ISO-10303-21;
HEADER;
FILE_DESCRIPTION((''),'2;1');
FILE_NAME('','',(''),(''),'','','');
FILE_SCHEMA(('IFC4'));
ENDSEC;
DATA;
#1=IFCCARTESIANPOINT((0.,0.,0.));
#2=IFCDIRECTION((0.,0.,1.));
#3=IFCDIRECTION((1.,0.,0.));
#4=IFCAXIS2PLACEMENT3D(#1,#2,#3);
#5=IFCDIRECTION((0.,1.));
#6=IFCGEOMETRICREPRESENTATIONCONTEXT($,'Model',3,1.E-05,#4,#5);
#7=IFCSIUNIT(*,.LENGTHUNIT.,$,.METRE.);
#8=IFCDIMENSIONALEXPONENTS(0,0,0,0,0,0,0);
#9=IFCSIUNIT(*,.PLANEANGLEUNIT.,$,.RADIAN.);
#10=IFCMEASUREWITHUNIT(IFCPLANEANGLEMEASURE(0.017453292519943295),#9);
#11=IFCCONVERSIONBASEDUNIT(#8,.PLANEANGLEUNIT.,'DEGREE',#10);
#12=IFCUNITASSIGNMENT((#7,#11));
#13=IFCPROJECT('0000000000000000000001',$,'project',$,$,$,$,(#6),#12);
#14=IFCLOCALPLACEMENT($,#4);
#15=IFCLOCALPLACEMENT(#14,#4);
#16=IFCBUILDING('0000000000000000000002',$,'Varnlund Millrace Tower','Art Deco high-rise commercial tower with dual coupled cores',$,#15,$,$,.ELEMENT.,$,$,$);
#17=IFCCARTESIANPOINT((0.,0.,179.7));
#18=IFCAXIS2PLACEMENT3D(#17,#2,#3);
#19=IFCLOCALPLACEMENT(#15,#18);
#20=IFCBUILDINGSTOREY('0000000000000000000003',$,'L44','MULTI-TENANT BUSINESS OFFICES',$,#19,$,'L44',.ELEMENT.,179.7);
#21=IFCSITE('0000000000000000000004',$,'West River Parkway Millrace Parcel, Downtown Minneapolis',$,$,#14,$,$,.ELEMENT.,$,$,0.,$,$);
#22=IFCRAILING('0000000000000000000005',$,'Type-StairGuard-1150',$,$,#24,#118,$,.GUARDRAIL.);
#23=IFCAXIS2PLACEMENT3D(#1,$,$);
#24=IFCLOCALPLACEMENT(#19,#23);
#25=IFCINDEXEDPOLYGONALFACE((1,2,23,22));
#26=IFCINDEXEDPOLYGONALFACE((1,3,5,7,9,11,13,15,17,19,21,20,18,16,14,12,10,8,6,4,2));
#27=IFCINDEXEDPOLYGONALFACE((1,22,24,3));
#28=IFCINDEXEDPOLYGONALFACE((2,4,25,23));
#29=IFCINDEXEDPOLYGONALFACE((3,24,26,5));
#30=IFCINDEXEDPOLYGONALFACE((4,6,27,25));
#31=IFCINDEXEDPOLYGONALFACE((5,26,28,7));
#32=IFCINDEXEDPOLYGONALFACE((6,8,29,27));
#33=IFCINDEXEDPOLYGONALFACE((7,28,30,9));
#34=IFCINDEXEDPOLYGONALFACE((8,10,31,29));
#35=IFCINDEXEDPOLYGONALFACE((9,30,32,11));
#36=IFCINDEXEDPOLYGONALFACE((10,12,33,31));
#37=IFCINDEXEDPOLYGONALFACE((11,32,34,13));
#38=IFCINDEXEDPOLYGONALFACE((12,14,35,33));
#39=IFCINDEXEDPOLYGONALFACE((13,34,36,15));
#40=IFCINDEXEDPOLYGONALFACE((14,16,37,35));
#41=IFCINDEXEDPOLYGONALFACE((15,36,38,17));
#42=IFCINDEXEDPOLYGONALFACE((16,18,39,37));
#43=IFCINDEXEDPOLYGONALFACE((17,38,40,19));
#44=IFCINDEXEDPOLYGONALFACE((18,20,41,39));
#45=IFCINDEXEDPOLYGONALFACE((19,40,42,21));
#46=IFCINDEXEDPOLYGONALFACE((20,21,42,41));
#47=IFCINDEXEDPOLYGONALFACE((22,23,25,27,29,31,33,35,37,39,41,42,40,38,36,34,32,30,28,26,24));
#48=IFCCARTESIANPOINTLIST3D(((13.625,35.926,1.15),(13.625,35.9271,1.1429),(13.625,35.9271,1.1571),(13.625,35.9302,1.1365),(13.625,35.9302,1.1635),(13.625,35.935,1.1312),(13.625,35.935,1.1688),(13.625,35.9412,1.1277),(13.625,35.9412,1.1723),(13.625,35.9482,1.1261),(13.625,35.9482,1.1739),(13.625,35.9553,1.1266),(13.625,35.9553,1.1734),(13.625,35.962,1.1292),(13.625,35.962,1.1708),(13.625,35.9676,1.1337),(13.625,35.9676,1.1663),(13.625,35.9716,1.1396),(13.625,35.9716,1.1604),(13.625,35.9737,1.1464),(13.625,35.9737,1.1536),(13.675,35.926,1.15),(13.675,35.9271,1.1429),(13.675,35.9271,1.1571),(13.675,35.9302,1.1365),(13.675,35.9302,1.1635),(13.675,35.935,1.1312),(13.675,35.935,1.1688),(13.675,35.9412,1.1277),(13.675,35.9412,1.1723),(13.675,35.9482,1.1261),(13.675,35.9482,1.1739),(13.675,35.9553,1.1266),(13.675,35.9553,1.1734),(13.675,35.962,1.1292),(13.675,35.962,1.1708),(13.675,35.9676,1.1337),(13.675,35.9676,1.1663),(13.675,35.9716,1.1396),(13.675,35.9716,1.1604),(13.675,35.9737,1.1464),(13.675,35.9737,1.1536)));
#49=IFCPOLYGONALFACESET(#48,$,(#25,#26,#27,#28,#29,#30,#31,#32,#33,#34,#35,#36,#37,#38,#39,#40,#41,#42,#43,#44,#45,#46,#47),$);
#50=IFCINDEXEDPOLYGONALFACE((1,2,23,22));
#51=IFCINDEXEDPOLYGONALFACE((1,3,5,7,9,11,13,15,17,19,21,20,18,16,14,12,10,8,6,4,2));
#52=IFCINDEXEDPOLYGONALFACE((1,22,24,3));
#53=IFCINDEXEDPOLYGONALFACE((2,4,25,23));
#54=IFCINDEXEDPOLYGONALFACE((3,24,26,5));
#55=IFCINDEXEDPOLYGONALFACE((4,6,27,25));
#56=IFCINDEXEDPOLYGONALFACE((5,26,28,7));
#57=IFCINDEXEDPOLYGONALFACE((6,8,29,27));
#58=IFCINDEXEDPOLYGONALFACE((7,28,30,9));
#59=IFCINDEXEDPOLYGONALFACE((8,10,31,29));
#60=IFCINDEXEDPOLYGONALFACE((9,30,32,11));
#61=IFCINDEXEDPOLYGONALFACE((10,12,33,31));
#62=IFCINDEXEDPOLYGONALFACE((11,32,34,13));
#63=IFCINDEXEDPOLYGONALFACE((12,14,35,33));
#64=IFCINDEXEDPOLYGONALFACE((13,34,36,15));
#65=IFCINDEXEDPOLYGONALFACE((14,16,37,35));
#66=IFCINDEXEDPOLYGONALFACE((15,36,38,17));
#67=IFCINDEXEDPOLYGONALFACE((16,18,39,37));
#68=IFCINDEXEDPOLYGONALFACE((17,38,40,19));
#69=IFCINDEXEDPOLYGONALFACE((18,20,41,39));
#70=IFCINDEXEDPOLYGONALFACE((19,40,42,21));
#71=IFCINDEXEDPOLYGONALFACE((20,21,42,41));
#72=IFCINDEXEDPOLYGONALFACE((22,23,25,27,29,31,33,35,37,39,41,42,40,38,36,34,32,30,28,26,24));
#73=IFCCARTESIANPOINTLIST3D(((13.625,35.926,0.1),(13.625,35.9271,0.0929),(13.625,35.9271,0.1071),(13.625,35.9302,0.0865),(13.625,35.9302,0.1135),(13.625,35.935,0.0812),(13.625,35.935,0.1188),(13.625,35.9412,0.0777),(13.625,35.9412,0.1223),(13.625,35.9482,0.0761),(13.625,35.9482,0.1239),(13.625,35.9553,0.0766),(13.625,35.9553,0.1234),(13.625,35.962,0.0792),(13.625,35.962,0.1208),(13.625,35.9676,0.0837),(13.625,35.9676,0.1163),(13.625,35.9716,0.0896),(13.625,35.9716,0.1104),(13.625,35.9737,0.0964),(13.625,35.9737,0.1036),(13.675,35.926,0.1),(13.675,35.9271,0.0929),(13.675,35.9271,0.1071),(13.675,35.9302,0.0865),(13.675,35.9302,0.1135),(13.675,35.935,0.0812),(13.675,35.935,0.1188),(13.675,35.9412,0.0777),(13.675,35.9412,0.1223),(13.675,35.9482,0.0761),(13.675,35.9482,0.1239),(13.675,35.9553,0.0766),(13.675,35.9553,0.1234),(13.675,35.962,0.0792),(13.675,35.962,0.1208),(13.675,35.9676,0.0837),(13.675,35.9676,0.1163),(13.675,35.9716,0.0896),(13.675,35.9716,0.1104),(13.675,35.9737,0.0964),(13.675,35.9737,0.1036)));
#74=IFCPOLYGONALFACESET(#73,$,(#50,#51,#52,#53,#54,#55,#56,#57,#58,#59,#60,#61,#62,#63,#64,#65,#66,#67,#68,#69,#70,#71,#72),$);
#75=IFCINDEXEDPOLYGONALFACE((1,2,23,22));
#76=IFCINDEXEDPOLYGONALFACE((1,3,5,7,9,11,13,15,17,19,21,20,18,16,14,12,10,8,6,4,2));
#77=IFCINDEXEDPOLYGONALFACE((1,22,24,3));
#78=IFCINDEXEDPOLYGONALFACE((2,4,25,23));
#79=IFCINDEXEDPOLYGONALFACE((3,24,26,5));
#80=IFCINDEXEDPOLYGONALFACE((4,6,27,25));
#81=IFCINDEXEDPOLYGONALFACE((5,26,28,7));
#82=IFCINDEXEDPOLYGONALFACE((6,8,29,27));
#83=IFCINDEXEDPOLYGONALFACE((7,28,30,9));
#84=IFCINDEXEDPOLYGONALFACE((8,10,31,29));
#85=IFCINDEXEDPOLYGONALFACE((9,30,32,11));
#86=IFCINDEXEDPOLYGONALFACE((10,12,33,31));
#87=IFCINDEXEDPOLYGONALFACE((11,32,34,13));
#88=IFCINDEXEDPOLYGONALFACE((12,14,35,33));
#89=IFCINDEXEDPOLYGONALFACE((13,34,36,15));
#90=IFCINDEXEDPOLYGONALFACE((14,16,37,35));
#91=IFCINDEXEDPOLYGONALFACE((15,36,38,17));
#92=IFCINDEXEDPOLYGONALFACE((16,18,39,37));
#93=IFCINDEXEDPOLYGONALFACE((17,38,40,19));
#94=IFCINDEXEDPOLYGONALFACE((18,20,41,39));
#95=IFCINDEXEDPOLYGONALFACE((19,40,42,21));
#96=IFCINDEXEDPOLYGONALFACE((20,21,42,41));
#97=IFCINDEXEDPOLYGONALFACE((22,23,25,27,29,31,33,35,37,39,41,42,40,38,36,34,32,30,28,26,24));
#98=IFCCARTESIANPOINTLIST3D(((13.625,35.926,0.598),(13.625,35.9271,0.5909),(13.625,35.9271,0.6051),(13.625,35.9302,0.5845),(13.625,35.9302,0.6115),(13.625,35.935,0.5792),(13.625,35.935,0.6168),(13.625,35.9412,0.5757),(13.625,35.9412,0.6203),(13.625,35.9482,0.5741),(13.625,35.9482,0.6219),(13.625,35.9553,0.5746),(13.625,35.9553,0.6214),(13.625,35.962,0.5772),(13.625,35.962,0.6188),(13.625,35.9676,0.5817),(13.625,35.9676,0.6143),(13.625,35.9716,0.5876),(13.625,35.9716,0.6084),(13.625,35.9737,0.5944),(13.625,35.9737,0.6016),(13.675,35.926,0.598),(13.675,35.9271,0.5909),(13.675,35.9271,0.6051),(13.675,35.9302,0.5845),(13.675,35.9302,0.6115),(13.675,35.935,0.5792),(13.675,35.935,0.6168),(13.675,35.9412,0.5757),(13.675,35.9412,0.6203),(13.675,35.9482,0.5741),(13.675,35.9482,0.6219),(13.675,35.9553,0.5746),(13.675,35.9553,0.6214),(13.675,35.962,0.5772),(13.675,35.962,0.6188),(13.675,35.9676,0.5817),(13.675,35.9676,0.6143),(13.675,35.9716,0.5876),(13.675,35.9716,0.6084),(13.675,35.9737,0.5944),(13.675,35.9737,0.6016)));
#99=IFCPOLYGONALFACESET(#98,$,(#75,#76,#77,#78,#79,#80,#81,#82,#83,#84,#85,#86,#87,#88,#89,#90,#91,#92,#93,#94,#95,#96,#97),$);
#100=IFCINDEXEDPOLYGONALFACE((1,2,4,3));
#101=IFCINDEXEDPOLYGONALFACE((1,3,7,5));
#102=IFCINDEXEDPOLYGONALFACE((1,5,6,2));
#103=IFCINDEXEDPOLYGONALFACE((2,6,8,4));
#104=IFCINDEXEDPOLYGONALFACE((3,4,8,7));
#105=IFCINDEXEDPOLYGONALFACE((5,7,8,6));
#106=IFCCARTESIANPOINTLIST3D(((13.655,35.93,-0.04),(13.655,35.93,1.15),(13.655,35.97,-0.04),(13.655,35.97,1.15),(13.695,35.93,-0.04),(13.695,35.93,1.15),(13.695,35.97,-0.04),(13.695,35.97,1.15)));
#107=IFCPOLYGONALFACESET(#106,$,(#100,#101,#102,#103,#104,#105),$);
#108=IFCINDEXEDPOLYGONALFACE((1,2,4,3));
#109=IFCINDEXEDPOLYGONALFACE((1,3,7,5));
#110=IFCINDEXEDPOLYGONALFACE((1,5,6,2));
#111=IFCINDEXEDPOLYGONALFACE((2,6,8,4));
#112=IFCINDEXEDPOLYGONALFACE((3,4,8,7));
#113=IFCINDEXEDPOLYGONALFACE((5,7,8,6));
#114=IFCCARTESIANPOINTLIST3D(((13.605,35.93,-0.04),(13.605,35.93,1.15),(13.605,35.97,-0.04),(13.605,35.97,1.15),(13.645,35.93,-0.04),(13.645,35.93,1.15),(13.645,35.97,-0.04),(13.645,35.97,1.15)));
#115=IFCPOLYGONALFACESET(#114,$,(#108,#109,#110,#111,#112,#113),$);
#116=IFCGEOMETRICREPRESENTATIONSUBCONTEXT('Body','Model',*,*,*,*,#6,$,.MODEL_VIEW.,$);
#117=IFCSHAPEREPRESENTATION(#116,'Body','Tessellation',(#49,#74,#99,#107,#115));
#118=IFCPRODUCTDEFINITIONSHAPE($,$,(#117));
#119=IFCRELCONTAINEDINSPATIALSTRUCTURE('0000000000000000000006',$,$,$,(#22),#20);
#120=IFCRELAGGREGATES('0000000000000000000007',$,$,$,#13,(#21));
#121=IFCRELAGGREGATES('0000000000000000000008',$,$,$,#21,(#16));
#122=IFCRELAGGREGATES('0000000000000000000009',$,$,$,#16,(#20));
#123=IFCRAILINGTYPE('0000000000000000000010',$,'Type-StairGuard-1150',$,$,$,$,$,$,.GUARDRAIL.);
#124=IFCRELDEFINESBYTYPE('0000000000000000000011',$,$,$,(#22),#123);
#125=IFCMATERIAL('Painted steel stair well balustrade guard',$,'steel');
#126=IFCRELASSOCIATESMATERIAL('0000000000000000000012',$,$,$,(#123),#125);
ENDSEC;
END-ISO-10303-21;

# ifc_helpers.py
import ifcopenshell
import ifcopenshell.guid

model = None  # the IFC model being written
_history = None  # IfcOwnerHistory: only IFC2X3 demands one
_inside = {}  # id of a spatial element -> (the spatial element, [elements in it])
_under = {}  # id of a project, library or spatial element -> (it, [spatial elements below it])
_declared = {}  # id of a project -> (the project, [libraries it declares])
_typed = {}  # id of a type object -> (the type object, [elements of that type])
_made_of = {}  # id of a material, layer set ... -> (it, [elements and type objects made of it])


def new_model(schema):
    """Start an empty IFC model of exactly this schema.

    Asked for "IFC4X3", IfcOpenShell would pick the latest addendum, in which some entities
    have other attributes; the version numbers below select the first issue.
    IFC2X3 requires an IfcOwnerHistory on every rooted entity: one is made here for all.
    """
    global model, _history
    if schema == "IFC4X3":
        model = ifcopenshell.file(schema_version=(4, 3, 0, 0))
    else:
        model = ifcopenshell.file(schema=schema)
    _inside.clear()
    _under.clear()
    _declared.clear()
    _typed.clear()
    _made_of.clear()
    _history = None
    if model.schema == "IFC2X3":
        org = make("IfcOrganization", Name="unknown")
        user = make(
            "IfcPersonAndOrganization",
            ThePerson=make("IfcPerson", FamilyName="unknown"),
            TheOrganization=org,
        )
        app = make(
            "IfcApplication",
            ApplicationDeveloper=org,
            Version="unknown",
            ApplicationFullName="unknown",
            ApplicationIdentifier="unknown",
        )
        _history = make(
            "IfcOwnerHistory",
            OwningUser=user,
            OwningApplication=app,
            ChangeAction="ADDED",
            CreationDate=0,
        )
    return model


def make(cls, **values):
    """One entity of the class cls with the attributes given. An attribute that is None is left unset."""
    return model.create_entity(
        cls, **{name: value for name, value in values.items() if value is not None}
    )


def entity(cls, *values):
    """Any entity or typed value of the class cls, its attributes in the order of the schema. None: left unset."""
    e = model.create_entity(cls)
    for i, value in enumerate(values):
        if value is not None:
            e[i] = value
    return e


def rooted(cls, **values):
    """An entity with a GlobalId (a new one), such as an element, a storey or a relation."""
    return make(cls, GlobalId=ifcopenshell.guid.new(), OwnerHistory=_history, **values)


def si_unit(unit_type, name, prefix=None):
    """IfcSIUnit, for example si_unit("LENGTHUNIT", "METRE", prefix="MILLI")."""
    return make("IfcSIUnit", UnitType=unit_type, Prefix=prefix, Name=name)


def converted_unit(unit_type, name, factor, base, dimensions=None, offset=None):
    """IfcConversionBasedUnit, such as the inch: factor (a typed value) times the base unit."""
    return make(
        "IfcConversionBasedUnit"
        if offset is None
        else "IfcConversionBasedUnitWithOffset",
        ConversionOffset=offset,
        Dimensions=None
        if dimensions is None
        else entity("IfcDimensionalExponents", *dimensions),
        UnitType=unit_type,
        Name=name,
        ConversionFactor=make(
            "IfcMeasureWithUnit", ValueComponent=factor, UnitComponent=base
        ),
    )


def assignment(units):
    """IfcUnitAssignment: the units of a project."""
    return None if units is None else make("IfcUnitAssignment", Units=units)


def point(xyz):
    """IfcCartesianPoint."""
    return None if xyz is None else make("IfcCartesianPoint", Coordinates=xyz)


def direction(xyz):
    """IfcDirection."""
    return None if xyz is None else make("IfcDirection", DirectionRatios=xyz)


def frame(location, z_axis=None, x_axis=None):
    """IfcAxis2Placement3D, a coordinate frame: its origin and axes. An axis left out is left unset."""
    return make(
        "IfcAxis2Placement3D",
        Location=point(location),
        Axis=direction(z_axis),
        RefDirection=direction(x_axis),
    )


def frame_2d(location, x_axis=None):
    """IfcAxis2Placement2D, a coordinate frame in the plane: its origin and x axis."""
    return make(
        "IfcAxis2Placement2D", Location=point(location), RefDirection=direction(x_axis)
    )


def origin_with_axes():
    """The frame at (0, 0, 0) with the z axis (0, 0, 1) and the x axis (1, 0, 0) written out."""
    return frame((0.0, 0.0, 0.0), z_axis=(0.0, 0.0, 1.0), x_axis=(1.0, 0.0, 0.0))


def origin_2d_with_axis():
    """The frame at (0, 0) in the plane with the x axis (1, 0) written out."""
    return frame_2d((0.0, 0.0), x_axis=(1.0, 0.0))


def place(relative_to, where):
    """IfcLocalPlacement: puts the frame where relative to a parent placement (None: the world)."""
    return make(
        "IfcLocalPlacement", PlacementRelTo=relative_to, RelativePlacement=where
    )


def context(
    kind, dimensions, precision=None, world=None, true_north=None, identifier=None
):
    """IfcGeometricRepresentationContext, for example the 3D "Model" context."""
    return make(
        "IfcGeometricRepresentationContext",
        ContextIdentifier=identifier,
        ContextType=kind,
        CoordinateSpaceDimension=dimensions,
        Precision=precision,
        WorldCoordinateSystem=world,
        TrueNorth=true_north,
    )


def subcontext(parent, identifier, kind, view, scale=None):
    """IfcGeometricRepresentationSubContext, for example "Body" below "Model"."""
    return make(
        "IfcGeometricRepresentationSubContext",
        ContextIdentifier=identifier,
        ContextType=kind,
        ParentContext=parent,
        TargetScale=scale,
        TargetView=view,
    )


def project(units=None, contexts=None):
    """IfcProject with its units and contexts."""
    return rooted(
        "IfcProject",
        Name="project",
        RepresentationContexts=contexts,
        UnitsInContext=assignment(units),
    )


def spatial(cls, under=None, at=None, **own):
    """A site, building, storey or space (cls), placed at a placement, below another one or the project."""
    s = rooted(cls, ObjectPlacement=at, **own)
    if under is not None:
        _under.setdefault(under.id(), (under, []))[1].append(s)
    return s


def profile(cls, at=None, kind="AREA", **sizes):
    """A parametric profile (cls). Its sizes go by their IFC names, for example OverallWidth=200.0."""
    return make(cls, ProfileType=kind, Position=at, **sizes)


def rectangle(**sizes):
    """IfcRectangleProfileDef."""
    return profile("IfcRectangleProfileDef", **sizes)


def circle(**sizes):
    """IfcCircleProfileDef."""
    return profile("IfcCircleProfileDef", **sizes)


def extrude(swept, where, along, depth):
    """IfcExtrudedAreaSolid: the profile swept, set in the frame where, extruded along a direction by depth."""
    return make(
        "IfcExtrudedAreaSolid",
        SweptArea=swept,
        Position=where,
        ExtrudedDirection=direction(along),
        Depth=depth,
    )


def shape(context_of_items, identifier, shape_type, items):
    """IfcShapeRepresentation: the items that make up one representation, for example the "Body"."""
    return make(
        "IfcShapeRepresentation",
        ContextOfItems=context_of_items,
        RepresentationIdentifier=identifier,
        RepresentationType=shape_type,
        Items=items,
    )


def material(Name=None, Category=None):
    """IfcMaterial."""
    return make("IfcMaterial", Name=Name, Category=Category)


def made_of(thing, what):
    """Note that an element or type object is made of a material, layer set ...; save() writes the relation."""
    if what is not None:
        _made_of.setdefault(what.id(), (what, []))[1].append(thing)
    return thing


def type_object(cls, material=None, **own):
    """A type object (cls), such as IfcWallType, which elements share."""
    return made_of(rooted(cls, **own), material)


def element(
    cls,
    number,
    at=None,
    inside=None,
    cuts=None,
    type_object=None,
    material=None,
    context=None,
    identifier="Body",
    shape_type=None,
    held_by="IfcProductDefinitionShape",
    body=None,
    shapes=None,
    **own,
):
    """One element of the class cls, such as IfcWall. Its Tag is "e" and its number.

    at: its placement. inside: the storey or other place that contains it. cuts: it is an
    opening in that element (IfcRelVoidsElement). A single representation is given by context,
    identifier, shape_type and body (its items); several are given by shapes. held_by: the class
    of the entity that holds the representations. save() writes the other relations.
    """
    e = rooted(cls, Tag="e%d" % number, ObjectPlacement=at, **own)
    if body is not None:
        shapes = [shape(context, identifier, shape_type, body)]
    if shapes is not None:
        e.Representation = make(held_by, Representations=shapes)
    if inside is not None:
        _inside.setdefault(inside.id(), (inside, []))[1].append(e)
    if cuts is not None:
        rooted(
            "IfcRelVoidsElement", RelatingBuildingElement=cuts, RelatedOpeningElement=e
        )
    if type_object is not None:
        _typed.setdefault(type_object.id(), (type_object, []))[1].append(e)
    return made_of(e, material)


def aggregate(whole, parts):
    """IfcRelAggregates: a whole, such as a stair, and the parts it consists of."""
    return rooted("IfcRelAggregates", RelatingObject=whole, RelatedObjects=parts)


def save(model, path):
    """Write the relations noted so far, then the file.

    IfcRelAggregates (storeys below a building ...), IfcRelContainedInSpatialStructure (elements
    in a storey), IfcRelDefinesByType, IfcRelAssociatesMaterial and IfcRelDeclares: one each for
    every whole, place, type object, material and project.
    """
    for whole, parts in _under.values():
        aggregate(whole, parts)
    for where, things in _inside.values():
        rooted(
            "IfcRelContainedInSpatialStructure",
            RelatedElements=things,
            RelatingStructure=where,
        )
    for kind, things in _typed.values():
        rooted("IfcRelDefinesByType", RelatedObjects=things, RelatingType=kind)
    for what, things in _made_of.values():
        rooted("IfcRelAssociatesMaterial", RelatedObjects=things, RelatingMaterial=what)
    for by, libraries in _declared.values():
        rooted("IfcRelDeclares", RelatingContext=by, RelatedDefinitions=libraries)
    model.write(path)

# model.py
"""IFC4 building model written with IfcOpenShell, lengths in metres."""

from ifc_helpers import new_model, entity, si_unit, converted_unit, direction, frame, origin_with_axes, origin_2d_with_axis, place, context, subcontext, project, spatial, rectangle, circle, extrude, material, type_object, element, save


model = new_model("IFC4")

# Units and contexts
model_context = context("Model", 3, precision=1e-05, world=origin_with_axes(), true_north=direction((0.0, 1.0)))
body_context = subcontext(model_context, "Body", "Model", "MODEL_VIEW")
ifc_project = project(units=[si_unit("LENGTHUNIT", "METRE"), converted_unit("PLANEANGLEUNIT", "DEGREE", entity("IfcPlaneAngleMeasure", 0.017453292519943295), si_unit("PLANEANGLEUNIT", "RADIAN"), dimensions=[0, 0, 0, 0, 0, 0, 0])], contexts=[model_context])

# Site, building, storey
site_placement = place(None, origin_with_axes())
site = spatial("IfcSite", under=ifc_project, at=site_placement, Name="West River Parkway Millrace Parcel, Downtown Minneapolis", CompositionType="ELEMENT", RefElevation=0.0)
building_placement = place(site_placement, origin_with_axes())
building = spatial("IfcBuilding", under=site, at=building_placement, Name="Varnlund Millrace Tower", Description="Art Deco high-rise commercial tower with dual coupled cores", CompositionType="ELEMENT")
storey_placement = place(building_placement, frame((0.0, 0.0, 179.7), z_axis=(0.0, 0.0, 1.0), x_axis=(1.0, 0.0, 0.0)))
storey = spatial("IfcBuildingStorey", under=building, at=storey_placement, Name="L44", Description="MULTI-TENANT BUSINESS OFFICES", LongName="L44", CompositionType="ELEMENT", Elevation=179.7)

# Railing
ifc_material_1 = material(Name="Painted steel stair well balustrade guard", Category="steel")
railing_type_1 = type_object("IfcRailingType", Name="Type-StairGuard-1150", PredefinedType="GUARDRAIL", material=ifc_material_1)
railing_1_placement = place(storey_placement, frame((0.0, 0.0, -179.7), z_axis=(0.0, 0.0, 1.0), x_axis=(1.0, 0.0, 0.0)))
element("IfcRailing", 1, at=railing_1_placement, inside=storey, type_object=railing_type_1, Name="Type-StairGuard-1150", PredefinedType="GUARDRAIL", context=body_context, shape_type="SweptSolid", body=[
    extrude(circle(Radius=0.024, at=origin_2d_with_axis()), frame((13.675, 35.95, 180.85), z_axis=(-1.0, 0.0, 0.0), x_axis=(0.0, -1.0, 0.0)), (0.0, 0.0, 1.0), 0.05),
    extrude(circle(Radius=0.024, at=origin_2d_with_axis()), frame((13.675, 35.95, 179.8), z_axis=(-1.0, 0.0, 0.0), x_axis=(0.0, -1.0, 0.0)), (0.0, 0.0, 1.0), 0.05),
    extrude(circle(Radius=0.024, at=origin_2d_with_axis()), frame((13.675, 35.95, 180.298), z_axis=(-1.0, 0.0, 0.0), x_axis=(0.0, -1.0, 0.0)), (0.0, 0.0, 1.0), 0.05),
    extrude(rectangle(XDim=0.04, YDim=0.04, at=origin_2d_with_axis()), frame((13.675, 35.95, 179.66), z_axis=(0.0, 0.0, 1.0), x_axis=(1.0, 0.0, 0.0)), (0.0, 0.0, 1.0), 1.19),
    extrude(rectangle(XDim=0.04, YDim=0.04, at=origin_2d_with_axis()), frame((13.625, 35.95, 179.66), z_axis=(0.0, 0.0, 1.0), x_axis=(1.0, 0.0, 0.0)), (0.0, 0.0, 1.0), 1.19),
])

save(model, "model.ifc")
